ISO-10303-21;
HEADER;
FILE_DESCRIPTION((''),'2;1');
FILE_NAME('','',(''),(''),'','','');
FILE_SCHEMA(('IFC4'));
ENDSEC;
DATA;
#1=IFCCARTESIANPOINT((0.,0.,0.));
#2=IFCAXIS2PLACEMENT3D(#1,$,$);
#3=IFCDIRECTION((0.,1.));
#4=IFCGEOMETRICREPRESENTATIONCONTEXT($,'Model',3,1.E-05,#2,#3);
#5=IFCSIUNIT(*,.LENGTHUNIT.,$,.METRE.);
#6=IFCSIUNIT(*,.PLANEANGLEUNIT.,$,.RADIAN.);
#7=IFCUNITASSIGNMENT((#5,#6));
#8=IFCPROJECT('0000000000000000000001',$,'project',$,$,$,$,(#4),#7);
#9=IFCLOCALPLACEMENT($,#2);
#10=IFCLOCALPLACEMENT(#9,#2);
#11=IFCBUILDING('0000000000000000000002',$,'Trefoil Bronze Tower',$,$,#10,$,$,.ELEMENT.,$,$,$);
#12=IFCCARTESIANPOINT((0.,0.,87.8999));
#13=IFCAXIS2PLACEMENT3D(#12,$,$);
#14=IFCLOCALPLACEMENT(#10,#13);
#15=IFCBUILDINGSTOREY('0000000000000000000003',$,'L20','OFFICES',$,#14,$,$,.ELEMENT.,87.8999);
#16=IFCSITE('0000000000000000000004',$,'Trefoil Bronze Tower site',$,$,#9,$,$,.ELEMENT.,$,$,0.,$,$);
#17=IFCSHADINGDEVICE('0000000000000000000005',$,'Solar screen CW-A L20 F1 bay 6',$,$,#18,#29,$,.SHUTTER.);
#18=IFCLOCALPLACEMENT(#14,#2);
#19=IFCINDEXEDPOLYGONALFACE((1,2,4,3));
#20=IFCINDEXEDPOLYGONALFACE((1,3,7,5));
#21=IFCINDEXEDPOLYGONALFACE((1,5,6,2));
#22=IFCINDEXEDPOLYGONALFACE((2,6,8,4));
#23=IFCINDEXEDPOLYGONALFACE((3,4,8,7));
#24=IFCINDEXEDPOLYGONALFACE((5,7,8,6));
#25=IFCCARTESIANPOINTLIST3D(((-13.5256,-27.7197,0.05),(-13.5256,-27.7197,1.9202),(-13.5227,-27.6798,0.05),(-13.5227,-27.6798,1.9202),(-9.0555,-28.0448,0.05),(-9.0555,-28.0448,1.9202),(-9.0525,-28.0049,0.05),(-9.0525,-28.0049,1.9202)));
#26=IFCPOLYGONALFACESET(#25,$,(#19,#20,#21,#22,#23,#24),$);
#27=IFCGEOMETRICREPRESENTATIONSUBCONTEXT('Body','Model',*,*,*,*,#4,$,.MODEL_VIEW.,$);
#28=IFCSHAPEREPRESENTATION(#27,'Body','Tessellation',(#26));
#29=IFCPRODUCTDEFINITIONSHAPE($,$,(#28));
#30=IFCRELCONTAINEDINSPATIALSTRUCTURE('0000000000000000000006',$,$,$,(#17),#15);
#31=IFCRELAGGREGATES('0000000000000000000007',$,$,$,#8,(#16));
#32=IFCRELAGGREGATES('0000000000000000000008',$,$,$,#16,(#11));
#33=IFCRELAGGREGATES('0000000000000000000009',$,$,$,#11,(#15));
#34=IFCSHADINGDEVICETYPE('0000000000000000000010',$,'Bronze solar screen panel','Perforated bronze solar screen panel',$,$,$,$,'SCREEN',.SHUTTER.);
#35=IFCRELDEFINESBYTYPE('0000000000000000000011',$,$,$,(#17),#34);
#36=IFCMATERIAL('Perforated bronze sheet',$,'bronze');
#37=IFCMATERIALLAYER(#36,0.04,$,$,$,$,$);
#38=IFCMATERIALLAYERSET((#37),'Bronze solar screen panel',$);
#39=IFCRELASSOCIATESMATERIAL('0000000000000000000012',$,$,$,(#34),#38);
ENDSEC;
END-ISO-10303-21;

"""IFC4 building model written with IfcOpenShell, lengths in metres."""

from ifc_helpers import new_model, si_unit, direction, frame, origin, origin_2d, place, context, subcontext, project, spatial, rectangle, extrude, material, layer, layer_set, type_object, element, save


model = new_model("IFC4")

# Units and contexts
model_context = context("Model", 3, precision=1e-05, world=origin(), true_north=direction((0.0, 1.0)))
body_context = subcontext(model_context, "Body", "Model", "MODEL_VIEW")
ifc_project = project(units=[si_unit("LENGTHUNIT", "METRE"), si_unit("PLANEANGLEUNIT", "RADIAN")], contexts=[model_context])

# Site, building, storey
site_placement = place(None, origin())
site = spatial("IfcSite", under=ifc_project, at=site_placement, Name="Trefoil Bronze Tower site", CompositionType="ELEMENT", RefElevation=0.0)
building_placement = place(site_placement, origin())
building = spatial("IfcBuilding", under=site, at=building_placement, Name="Trefoil Bronze Tower", CompositionType="ELEMENT")
storey_placement = place(building_placement, frame((0.0, 0.0, 87.8999)))
storey = spatial("IfcBuildingStorey", under=building, at=storey_placement, Name="L20", Description="OFFICES", CompositionType="ELEMENT", Elevation=87.8999)

# Shading device
ifc_material_1 = material(Name="Perforated bronze sheet", Category="bronze")
ifc_layer_1 = layer(ifc_material_1, 0.04)
ifc_layer_set_1 = layer_set([ifc_layer_1], Name="Bronze solar screen panel")
shading_device_type = type_object("IfcShadingDeviceType", Name="Bronze solar screen panel", Description="Perforated bronze solar screen panel", ElementType="SCREEN", PredefinedType="SHUTTER", material=ifc_layer_set_1)
shading_device_1_placement = place(storey_placement, frame((-11.2891, -27.8623, 0.05), z_axis=(0.0, 0.0, 1.0), x_axis=(0.997365, -0.072547, 0.0)))
element("IfcShadingDevice", 1, at=shading_device_1_placement, inside=storey, type_object=shading_device_type, Name="Solar screen CW-A L20 F1 bay 6", PredefinedType="SHUTTER", context=body_context, shape_type="SweptSolid", body=[
    extrude(rectangle(XDim=4.4819, YDim=0.04, at=origin_2d()), origin(), (0.0, 0.0, 1.0), 1.8701),
])

save(model, "model.ifc")
